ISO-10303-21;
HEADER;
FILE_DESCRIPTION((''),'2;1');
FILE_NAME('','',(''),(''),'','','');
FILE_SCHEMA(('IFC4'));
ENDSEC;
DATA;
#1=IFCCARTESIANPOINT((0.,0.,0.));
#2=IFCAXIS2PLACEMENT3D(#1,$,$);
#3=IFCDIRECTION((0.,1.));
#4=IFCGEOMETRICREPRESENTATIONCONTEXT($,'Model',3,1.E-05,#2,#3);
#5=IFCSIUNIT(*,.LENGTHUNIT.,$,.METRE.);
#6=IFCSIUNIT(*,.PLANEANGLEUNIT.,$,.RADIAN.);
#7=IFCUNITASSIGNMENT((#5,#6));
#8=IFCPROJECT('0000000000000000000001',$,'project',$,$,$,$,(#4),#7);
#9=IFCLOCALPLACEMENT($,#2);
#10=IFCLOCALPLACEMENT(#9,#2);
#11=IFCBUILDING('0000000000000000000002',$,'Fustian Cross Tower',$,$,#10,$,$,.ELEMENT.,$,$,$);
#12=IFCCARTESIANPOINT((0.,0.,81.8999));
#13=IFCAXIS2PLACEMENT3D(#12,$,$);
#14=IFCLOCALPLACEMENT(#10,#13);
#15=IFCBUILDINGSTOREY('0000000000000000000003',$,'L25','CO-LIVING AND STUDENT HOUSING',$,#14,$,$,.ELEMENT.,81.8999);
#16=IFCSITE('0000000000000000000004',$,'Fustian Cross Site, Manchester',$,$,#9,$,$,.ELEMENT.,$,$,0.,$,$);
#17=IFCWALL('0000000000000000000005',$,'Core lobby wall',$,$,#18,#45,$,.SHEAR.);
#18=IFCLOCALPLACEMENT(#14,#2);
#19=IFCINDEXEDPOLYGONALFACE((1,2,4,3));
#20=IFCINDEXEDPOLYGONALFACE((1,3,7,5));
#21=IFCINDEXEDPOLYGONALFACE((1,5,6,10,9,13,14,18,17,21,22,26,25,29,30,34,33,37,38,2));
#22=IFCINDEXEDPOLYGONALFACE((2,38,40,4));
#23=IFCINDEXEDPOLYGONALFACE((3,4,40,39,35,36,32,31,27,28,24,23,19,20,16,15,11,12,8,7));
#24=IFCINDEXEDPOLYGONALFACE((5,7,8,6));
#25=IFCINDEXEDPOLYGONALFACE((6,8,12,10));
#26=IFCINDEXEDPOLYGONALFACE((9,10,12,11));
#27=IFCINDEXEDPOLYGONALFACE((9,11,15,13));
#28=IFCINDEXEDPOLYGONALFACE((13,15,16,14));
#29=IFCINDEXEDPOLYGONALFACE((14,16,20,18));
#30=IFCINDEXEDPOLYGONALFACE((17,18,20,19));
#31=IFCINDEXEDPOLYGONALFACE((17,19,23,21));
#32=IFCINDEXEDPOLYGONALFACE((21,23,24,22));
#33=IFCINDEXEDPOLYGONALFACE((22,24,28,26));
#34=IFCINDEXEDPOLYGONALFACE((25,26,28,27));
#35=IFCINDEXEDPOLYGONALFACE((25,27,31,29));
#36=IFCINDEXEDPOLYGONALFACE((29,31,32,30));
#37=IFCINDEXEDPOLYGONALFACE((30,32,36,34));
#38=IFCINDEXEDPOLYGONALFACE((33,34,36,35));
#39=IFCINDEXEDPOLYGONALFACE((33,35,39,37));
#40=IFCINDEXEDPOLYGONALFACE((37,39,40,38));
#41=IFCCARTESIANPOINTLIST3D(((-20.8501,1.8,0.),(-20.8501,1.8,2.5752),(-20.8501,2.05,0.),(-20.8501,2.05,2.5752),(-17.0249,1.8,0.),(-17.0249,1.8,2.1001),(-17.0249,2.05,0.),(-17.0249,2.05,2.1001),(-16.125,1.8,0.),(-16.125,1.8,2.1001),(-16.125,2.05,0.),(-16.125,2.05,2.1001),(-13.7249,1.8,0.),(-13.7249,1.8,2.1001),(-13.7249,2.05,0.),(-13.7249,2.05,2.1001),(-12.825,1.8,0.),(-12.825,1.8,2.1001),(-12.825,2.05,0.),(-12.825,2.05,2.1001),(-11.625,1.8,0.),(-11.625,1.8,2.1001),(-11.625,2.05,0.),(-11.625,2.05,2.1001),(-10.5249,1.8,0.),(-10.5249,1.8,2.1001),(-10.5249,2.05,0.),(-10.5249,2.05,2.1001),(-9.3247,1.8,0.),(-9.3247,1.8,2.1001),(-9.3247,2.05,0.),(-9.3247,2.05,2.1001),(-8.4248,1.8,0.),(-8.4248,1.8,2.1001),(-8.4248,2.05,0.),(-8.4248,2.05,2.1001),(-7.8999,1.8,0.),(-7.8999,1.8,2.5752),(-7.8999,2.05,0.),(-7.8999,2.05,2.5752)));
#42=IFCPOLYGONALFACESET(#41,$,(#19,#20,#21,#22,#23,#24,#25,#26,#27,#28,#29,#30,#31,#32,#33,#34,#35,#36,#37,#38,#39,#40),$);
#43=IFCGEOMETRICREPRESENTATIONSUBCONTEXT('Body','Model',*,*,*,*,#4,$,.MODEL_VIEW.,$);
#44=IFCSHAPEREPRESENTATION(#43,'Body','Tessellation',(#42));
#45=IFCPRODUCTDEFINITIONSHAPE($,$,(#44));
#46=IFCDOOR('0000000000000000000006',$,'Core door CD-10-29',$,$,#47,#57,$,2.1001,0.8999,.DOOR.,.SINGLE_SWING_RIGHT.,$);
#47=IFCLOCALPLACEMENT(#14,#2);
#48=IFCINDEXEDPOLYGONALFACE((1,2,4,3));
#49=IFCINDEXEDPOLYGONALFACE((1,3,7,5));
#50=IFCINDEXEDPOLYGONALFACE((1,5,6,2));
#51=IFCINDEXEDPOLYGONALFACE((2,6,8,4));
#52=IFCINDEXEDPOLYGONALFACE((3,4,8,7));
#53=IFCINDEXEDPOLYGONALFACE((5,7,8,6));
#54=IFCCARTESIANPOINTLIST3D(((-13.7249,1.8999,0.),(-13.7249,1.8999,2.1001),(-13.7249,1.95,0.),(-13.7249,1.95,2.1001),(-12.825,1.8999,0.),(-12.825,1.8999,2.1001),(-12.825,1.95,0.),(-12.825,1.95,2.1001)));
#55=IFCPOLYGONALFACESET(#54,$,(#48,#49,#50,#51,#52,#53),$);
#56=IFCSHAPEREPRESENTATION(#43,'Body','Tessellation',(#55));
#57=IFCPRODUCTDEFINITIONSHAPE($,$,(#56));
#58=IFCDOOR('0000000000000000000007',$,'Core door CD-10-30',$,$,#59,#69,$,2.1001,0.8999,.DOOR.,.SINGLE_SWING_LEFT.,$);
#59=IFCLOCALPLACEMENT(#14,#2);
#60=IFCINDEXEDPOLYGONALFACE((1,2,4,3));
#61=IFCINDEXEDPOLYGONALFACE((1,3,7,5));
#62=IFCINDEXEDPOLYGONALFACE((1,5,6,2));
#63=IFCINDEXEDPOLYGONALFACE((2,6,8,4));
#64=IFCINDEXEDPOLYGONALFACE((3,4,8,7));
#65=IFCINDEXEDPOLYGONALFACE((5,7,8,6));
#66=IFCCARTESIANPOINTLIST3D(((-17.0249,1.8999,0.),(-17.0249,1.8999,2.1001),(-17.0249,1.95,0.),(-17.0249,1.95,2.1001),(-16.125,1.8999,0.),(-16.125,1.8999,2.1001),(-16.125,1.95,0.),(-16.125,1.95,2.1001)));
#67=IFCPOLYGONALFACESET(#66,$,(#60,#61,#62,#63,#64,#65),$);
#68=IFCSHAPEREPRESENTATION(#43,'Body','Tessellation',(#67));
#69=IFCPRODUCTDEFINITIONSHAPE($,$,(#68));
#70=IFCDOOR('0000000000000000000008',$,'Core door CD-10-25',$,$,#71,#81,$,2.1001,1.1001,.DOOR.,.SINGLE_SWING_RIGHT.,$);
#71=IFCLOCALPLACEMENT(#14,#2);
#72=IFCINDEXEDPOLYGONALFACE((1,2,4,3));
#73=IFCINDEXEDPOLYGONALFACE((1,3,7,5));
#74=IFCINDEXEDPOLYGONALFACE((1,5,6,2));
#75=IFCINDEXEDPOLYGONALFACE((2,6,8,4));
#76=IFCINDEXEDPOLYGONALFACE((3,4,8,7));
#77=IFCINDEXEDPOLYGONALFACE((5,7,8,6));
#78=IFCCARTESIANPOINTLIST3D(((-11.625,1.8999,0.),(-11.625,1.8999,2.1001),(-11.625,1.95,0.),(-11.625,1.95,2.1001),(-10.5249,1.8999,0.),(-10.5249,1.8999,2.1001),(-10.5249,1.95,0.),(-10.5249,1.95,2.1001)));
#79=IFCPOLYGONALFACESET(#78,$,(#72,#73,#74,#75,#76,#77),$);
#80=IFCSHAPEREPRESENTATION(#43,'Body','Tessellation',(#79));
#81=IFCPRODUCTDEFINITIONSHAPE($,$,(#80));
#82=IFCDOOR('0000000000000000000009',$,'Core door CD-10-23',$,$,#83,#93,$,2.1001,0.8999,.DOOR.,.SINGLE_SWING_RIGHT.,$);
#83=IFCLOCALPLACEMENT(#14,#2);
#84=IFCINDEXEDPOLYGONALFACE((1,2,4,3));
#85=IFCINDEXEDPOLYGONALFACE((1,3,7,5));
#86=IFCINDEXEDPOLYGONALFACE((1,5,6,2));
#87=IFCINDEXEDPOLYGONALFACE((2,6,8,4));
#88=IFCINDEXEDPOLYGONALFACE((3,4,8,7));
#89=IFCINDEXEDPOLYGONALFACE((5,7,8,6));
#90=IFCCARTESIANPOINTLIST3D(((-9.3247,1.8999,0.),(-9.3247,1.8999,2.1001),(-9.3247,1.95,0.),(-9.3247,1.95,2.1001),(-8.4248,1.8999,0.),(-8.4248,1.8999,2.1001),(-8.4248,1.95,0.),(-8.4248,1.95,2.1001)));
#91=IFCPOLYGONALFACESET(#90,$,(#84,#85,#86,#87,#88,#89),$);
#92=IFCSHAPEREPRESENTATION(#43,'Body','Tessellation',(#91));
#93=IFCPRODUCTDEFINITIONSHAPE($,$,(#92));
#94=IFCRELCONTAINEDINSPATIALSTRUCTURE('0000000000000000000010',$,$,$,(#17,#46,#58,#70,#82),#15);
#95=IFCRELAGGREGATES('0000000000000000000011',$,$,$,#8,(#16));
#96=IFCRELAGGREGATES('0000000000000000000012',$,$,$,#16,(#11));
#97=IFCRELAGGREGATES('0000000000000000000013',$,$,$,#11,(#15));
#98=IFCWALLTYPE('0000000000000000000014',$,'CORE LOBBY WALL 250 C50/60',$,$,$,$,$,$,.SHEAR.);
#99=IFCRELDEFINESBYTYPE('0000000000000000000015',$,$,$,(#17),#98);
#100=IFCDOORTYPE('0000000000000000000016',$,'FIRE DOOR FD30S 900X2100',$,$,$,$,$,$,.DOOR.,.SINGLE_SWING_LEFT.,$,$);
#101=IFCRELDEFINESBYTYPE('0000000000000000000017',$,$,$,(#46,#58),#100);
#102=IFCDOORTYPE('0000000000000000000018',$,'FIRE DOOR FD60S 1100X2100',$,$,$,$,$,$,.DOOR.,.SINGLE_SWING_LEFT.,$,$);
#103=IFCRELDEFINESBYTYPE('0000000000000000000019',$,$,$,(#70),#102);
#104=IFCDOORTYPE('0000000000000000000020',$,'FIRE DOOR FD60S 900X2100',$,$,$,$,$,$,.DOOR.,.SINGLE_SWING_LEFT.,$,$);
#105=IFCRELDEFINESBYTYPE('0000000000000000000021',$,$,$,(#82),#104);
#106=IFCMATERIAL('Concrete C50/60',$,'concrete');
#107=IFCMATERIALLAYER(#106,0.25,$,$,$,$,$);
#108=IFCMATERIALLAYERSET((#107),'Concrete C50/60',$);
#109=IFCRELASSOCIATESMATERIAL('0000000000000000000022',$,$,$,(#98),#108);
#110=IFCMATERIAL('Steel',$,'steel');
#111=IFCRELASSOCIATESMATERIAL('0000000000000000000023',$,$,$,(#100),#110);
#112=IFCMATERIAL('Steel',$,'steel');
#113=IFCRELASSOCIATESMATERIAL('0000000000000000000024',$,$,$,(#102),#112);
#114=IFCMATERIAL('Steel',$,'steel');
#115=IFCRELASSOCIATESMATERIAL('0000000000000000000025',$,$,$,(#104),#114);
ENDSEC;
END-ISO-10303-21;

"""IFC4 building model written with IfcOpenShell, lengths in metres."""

from ifc_helpers import new_model, si_unit, direction, frame, frame_2d, origin, place, context, subcontext, project, spatial, rectangle, extrude, material, layer, layer_set, type_object, element, fill, save


model = new_model("IFC4")

# Units and contexts
model_context = context("Model", 3, precision=1e-05, world=origin(), true_north=direction((0.0, 1.0)))
body_context = subcontext(model_context, "Body", "Model", "MODEL_VIEW")
ifc_project = project(units=[si_unit("LENGTHUNIT", "METRE"), si_unit("PLANEANGLEUNIT", "RADIAN")], contexts=[model_context])

# Site, building, storey
site_placement = place(None, origin())
site = spatial("IfcSite", under=ifc_project, at=site_placement, Name="Fustian Cross Site, Manchester", CompositionType="ELEMENT", RefElevation=0.0)
building_placement = place(site_placement, origin())
building = spatial("IfcBuilding", under=site, at=building_placement, Name="Fustian Cross Tower", CompositionType="ELEMENT")
storey_placement = place(building_placement, frame((0.0, 0.0, 81.8999)))
storey = spatial("IfcBuildingStorey", under=building, at=storey_placement, Name="L25", Description="CO-LIVING AND STUDENT HOUSING", CompositionType="ELEMENT", Elevation=81.8999)

# Wall, openings, doors
ifc_material_1 = material(Name="Concrete C50/60", Category="concrete")
ifc_layer_1 = layer(ifc_material_1, 0.25)
ifc_layer_set_1 = layer_set([ifc_layer_1], Name="Concrete C50/60")
wall_type_1 = type_object("IfcWallType", Name="CORE LOBBY WALL 250 C50/60", PredefinedType="SHEAR", material=ifc_layer_set_1)
wall_1_placement = place(storey_placement, frame((-7.8999, 1.925, 0.0), z_axis=(0.0, 0.0, 1.0), x_axis=(-1.0, 0.0, 0.0)))
wall_1 = element("IfcWall", 1, at=wall_1_placement, inside=storey, type_object=wall_type_1, Name="Core lobby wall", PredefinedType="SHEAR", context=body_context, shape_type="SweptSolid", body=[
    extrude(rectangle(XDim=12.9502, YDim=0.25, at=frame_2d((6.4751, 0.0))), origin(), (0.0, 0.0, 1.0), 2.5752),
])
opening_1_placement = place(wall_1_placement, frame((0.5249, 0.0, 0.0)))
opening_1 = element("IfcOpeningElement", 2, at=opening_1_placement, cuts=wall_1, PredefinedType="OPENING", context=body_context, shape_type="SweptSolid", body=[
    extrude(rectangle(XDim=0.8999, YDim=2.1001, at=frame_2d((0.45, 1.05))), frame((0.0, 0.135, 0.0), z_axis=(0.0, -1.0, 0.0), x_axis=(1.0, 0.0, 0.0)), (0.0, 0.0, 1.0), 0.27),
])
opening_2_placement = place(wall_1_placement, frame((2.625, 0.0, 0.0)))
opening_2 = element("IfcOpeningElement", 3, at=opening_2_placement, cuts=wall_1, PredefinedType="OPENING", context=body_context, shape_type="SweptSolid", body=[
    extrude(rectangle(XDim=1.1001, YDim=2.1001, at=frame_2d((0.55, 1.05))), frame((0.0, 0.135, 0.0), z_axis=(0.0, -1.0, 0.0), x_axis=(1.0, 0.0, 0.0)), (0.0, 0.0, 1.0), 0.27),
])
opening_3_placement = place(wall_1_placement, frame((4.925, 0.0, 0.0)))
opening_3 = element("IfcOpeningElement", 4, at=opening_3_placement, cuts=wall_1, PredefinedType="OPENING", context=body_context, shape_type="SweptSolid", body=[
    extrude(rectangle(XDim=0.8999, YDim=2.1001, at=frame_2d((0.45, 1.05))), frame((0.0, 0.135, 0.0), z_axis=(0.0, -1.0, 0.0), x_axis=(1.0, 0.0, 0.0)), (0.0, 0.0, 1.0), 0.27),
])
opening_4_placement = place(wall_1_placement, frame((8.2251, 0.0, 0.0)))
opening_4 = element("IfcOpeningElement", 5, at=opening_4_placement, cuts=wall_1, PredefinedType="OPENING", context=body_context, shape_type="SweptSolid", body=[
    extrude(rectangle(XDim=0.8999, YDim=2.1001, at=frame_2d((0.45, 1.05))), frame((0.0, 0.135, 0.0), z_axis=(0.0, -1.0, 0.0), x_axis=(1.0, 0.0, 0.0)), (0.0, 0.0, 1.0), 0.27),
])
ifc_material_2 = material(Name="Steel", Category="steel")
door_type_1 = type_object("IfcDoorType", Name="FIRE DOOR FD30S 900X2100", OperationType="SINGLE_SWING_LEFT", PredefinedType="DOOR", material=ifc_material_2)
door_1_placement = place(opening_3_placement, frame((0.8999, 0.0, 0.0), z_axis=(0.0, 0.0, 1.0), x_axis=(-1.0, 0.0, 0.0)))
door_1 = element("IfcDoor", 6, at=door_1_placement, inside=storey, type_object=door_type_1, Name="Core door CD-10-29", OperationType="SINGLE_SWING_RIGHT", OverallHeight=2.1001, OverallWidth=0.8999, PredefinedType="DOOR", context=body_context, shape_type="SweptSolid", body=[
    extrude(rectangle(XDim=0.8999, YDim=2.1001, at=frame_2d((0.45, 1.05))), frame((0.0, 0.0249, 0.0), z_axis=(0.0, -1.0, 0.0), x_axis=(1.0, 0.0, 0.0)), (0.0, 0.0, 1.0), 0.05),
])
fill(opening_3, door_1)
door_2_placement = place(opening_4_placement, frame((0.8999, 0.0, 0.0), z_axis=(0.0, 0.0, 1.0), x_axis=(-1.0, 0.0, 0.0)))
door_2 = element("IfcDoor", 7, at=door_2_placement, inside=storey, type_object=door_type_1, Name="Core door CD-10-30", OperationType="SINGLE_SWING_LEFT", OverallHeight=2.1001, OverallWidth=0.8999, PredefinedType="DOOR", context=body_context, shape_type="SweptSolid", body=[
    extrude(rectangle(XDim=0.8999, YDim=2.1001, at=frame_2d((0.45, 1.05))), frame((0.0, 0.0249, 0.0), z_axis=(0.0, -1.0, 0.0), x_axis=(1.0, 0.0, 0.0)), (0.0, 0.0, 1.0), 0.05),
])
fill(opening_4, door_2)
ifc_material_3 = material(Name="Steel", Category="steel")
door_type_2 = type_object("IfcDoorType", Name="FIRE DOOR FD60S 1100X2100", OperationType="SINGLE_SWING_LEFT", PredefinedType="DOOR", material=ifc_material_3)
door_3_placement = place(opening_2_placement, frame((1.1001, 0.0, 0.0), z_axis=(0.0, 0.0, 1.0), x_axis=(-1.0, 0.0, 0.0)))
door_3 = element("IfcDoor", 8, at=door_3_placement, inside=storey, type_object=door_type_2, Name="Core door CD-10-25", OperationType="SINGLE_SWING_RIGHT", OverallHeight=2.1001, OverallWidth=1.1001, PredefinedType="DOOR", context=body_context, shape_type="SweptSolid", body=[
    extrude(rectangle(XDim=1.1001, YDim=2.1001, at=frame_2d((0.55, 1.05))), frame((0.0, 0.0249, 0.0), z_axis=(0.0, -1.0, 0.0), x_axis=(1.0, 0.0, 0.0)), (0.0, 0.0, 1.0), 0.05),
])
fill(opening_2, door_3)
ifc_material_4 = material(Name="Steel", Category="steel")
door_type_3 = type_object("IfcDoorType", Name="FIRE DOOR FD60S 900X2100", OperationType="SINGLE_SWING_LEFT", PredefinedType="DOOR", material=ifc_material_4)
door_4_placement = place(opening_1_placement, frame((0.8999, 0.0, 0.0), z_axis=(0.0, 0.0, 1.0), x_axis=(-1.0, 0.0, 0.0)))
door_4 = element("IfcDoor", 9, at=door_4_placement, inside=storey, type_object=door_type_3, Name="Core door CD-10-23", OperationType="SINGLE_SWING_RIGHT", OverallHeight=2.1001, OverallWidth=0.8999, PredefinedType="DOOR", context=body_context, shape_type="SweptSolid", body=[
    extrude(rectangle(XDim=0.8999, YDim=2.1001, at=frame_2d((0.45, 1.05))), frame((0.0, 0.0249, 0.0), z_axis=(0.0, -1.0, 0.0), x_axis=(1.0, 0.0, 0.0)), (0.0, 0.0, 1.0), 0.05),
])
fill(opening_1, door_4)

save(model, "model.ifc")
